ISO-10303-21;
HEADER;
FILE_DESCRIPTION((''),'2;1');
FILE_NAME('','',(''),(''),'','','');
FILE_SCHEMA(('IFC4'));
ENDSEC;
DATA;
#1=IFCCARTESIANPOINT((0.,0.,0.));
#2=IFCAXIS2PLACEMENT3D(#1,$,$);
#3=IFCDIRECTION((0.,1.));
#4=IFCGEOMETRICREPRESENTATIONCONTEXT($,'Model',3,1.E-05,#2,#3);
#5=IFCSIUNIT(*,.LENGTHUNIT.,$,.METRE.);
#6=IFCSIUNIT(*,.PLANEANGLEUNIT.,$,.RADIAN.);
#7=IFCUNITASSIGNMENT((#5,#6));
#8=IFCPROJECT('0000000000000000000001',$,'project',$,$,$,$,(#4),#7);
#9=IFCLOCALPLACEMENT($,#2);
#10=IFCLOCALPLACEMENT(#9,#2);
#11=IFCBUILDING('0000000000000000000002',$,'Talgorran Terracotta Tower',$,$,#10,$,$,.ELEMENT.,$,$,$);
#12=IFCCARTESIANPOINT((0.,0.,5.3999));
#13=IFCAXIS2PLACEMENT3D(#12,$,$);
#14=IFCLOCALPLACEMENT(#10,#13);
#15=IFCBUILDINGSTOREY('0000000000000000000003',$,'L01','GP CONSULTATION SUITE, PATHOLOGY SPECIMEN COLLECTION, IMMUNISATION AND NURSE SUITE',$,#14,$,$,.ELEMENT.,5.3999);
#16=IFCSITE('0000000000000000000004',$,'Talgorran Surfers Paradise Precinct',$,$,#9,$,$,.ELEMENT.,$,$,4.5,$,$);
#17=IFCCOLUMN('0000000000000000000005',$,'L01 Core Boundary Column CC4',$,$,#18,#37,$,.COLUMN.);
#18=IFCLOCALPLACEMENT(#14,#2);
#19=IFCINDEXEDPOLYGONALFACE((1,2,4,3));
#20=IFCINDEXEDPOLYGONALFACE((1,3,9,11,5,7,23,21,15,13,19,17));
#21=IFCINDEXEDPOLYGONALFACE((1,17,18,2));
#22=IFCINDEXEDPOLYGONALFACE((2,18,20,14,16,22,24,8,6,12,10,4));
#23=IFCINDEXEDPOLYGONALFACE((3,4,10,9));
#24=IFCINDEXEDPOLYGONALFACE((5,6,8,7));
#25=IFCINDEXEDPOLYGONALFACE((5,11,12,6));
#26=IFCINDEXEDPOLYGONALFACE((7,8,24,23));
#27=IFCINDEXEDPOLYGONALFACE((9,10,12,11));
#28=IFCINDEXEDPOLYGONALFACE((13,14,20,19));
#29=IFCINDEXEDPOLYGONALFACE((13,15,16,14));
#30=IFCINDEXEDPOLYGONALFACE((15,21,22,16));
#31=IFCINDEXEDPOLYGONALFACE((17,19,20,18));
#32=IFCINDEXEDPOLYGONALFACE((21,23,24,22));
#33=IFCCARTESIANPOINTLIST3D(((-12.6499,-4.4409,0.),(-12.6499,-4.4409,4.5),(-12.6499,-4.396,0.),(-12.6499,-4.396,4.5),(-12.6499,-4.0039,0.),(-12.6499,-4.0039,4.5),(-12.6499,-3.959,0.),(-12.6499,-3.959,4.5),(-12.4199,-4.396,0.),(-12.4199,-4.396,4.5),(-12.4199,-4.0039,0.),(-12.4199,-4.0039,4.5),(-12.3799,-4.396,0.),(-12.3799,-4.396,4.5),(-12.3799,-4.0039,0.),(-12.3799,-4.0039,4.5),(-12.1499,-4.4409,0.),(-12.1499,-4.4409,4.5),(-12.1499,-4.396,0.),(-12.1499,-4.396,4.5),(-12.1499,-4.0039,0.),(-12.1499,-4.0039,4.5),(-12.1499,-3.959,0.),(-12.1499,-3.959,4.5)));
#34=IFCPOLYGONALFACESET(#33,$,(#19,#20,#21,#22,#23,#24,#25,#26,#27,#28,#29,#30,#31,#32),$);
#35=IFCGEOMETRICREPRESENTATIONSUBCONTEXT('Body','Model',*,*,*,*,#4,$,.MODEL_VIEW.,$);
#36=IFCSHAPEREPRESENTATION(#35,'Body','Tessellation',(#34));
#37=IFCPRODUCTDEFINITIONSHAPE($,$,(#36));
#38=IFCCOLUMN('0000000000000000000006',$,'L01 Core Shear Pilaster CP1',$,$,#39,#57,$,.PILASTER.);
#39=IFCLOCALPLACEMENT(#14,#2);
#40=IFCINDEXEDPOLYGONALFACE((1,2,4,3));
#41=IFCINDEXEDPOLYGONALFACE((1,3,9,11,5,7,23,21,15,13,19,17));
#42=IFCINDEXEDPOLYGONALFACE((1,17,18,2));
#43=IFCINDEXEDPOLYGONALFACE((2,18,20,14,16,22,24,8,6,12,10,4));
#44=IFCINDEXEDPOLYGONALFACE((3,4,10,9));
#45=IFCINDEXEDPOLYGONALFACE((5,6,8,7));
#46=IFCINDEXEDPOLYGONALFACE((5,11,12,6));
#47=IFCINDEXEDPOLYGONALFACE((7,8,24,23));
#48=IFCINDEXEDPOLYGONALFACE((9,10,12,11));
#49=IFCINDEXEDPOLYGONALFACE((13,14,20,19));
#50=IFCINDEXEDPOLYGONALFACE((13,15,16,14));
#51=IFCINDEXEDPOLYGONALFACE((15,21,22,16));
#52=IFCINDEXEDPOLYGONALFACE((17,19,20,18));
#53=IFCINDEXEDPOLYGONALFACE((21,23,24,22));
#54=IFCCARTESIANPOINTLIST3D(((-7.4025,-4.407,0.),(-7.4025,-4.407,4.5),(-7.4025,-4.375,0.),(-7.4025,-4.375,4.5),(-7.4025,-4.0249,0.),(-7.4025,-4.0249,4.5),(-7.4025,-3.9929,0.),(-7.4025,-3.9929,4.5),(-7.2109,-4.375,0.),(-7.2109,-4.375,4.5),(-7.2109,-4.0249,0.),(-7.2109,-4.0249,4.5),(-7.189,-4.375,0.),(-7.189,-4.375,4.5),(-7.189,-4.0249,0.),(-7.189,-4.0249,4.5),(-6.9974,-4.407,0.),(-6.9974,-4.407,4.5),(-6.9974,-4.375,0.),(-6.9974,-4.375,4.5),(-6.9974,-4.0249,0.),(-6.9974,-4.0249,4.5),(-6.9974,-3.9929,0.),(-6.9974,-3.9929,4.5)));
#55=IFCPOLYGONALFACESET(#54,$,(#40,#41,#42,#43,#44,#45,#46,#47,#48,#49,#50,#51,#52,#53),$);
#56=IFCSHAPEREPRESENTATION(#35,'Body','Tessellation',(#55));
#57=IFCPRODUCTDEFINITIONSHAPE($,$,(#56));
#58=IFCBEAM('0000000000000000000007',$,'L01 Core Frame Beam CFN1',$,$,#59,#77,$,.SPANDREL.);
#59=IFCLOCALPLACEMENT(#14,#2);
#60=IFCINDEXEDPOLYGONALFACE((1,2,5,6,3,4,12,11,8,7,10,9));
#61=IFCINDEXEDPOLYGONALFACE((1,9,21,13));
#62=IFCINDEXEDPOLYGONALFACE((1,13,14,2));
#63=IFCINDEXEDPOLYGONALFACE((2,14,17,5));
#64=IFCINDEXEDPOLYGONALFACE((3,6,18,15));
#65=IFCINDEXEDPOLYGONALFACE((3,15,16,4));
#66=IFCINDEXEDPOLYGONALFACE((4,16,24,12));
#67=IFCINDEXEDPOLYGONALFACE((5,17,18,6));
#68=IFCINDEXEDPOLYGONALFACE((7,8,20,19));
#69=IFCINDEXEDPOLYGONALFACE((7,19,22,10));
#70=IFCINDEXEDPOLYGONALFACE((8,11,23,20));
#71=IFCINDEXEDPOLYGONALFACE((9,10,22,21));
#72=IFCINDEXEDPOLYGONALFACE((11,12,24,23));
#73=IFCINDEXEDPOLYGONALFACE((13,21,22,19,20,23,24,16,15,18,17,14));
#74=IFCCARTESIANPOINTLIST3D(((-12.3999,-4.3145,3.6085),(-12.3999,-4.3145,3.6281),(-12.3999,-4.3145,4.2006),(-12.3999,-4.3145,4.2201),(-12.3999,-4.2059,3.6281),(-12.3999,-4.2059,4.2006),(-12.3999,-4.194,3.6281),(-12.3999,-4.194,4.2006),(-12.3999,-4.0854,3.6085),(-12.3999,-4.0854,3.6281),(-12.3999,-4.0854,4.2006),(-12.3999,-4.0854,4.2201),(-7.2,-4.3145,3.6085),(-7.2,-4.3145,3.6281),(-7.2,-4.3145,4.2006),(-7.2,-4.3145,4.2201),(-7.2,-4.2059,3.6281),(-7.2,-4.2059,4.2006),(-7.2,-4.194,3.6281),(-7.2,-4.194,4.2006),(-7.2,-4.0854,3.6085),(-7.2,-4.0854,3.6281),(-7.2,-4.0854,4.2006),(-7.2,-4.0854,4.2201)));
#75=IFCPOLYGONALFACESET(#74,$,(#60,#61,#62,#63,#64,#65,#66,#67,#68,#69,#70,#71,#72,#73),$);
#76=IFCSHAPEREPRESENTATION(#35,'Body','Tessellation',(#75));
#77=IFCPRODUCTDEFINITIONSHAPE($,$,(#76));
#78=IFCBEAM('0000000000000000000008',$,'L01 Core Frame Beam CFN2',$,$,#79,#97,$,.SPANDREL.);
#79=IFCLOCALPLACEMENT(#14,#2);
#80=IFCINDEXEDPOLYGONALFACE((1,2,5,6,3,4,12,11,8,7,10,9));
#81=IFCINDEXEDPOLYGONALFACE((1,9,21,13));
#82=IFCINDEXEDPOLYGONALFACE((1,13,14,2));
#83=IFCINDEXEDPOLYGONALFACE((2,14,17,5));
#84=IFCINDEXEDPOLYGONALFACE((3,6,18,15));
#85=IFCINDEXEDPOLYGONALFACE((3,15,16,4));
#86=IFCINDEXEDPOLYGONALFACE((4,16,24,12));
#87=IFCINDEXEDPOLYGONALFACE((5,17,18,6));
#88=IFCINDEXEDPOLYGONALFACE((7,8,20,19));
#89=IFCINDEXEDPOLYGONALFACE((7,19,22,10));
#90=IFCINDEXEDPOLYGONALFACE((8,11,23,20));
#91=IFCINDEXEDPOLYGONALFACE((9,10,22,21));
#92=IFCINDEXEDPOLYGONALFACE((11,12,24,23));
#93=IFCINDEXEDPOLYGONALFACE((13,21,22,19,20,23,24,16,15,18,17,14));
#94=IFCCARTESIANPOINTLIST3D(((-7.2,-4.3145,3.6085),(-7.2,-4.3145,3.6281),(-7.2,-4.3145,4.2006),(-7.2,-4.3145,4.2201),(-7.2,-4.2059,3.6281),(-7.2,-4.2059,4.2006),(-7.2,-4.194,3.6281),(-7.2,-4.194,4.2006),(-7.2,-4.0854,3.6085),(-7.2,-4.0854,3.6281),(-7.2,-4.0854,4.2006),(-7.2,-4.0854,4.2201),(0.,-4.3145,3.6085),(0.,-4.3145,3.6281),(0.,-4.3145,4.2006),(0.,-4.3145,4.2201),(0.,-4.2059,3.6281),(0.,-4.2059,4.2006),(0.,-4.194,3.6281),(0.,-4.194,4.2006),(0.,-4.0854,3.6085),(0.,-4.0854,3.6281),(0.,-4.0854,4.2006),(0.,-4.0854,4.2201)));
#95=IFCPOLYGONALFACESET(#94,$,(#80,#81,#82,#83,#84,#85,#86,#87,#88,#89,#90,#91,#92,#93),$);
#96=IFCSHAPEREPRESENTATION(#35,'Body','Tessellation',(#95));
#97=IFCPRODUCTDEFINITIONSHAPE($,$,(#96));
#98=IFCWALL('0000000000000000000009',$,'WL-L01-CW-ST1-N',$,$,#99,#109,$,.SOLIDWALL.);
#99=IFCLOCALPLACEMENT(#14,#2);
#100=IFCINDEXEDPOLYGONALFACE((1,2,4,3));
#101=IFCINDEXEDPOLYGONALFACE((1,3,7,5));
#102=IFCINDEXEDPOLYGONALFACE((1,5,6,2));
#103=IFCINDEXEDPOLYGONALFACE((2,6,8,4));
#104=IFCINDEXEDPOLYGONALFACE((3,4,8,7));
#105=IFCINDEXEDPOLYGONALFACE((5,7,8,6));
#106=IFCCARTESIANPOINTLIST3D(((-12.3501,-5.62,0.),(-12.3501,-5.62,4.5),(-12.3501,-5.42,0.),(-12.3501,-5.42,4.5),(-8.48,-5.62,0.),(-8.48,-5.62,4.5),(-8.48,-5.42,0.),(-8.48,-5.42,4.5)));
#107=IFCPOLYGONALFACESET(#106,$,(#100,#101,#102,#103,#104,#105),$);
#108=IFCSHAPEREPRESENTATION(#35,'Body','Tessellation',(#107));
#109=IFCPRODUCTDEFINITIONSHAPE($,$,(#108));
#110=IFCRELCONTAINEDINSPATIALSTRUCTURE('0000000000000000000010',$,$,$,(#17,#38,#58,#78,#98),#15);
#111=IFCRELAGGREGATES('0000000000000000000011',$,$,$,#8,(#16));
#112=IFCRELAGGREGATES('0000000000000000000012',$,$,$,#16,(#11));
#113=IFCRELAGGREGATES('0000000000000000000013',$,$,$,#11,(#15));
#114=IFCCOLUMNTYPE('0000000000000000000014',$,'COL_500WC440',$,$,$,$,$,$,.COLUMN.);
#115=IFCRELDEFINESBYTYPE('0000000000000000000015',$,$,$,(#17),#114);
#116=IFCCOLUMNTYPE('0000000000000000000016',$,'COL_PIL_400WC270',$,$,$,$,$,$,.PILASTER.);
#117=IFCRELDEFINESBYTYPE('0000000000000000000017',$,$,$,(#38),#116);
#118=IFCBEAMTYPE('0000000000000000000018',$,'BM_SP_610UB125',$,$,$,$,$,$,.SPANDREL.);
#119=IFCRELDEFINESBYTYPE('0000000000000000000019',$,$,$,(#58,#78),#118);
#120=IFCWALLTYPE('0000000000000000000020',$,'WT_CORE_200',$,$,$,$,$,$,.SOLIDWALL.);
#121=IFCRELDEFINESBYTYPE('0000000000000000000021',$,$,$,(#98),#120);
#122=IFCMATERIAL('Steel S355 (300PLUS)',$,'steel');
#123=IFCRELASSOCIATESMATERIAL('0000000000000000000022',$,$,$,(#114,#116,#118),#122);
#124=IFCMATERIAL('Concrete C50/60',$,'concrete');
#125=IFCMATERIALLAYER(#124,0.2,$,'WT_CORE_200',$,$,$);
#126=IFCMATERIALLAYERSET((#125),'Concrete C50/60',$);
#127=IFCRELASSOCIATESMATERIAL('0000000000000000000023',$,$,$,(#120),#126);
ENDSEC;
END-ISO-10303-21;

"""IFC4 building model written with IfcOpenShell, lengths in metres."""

from ifc_helpers import new_model, si_unit, direction, frame, frame_2d, origin, origin_2d, place, context, subcontext, project, spatial, rectangle, i_section, extrude, material, layer, layer_set, material_profile, profile_set, type_object, element, save


model = new_model("IFC4")

# Units and contexts
model_context = context("Model", 3, precision=1e-05, world=origin(), true_north=direction((0.0, 1.0)))
body_context = subcontext(model_context, "Body", "Model", "MODEL_VIEW")
ifc_project = project(units=[si_unit("LENGTHUNIT", "METRE"), si_unit("PLANEANGLEUNIT", "RADIAN")], contexts=[model_context])

# Site, building, storey
site_placement = place(None, origin())
site = spatial("IfcSite", under=ifc_project, at=site_placement, Name="Talgorran Surfers Paradise Precinct", CompositionType="ELEMENT", RefElevation=4.5)
building_placement = place(site_placement, origin())
building = spatial("IfcBuilding", under=site, at=building_placement, Name="Talgorran Terracotta Tower", CompositionType="ELEMENT")
storey_placement = place(building_placement, frame((0.0, 0.0, 5.3999)))
storey = spatial("IfcBuildingStorey", under=building, at=storey_placement, Name="L01", Description="GP CONSULTATION SUITE, PATHOLOGY SPECIMEN COLLECTION, IMMUNISATION AND NURSE SUITE", CompositionType="ELEMENT", Elevation=5.3999)

# Columns
ifc_material_1 = material(Name="Steel S355 (300PLUS)", Category="steel")
ifc_material_profile_1 = material_profile(ifc_material_1, i_section(OverallWidth=0.5, OverallDepth=0.4819, WebThickness=0.04, FlangeThickness=0.0449, at=origin_2d()), Name="500WC440")
ifc_profile_set_1 = profile_set([ifc_material_profile_1], Name="Steel S355 (300PLUS)")
column_type_1 = type_object("IfcColumnType", Name="COL_500WC440", PredefinedType="COLUMN", material=ifc_profile_set_1)
column_1_placement = place(storey_placement, frame((-12.3999, -4.2, 0.0), z_axis=(0.0, 0.0, 1.0), x_axis=(1.0, 0.0, 0.0)))
element("IfcColumn", 1, at=column_1_placement, inside=storey, type_object=column_type_1, Name="L01 Core Boundary Column CC4", PredefinedType="COLUMN", context=body_context, shape_type="SweptSolid", body=[
    extrude(i_section(OverallWidth=0.5, OverallDepth=0.4819, WebThickness=0.04, FlangeThickness=0.0449, at=origin_2d()), origin(), (0.0, 0.0, 1.0), 4.5),
])
ifc_material_profile_2 = material_profile(ifc_material_1, i_section(OverallWidth=0.405, OverallDepth=0.4141, WebThickness=0.022, FlangeThickness=0.032, at=origin_2d()), Name="400WC270")
ifc_profile_set_2 = profile_set([ifc_material_profile_2], Name="Steel S355 (300PLUS)")
column_type_2 = type_object("IfcColumnType", Name="COL_PIL_400WC270", PredefinedType="PILASTER", material=ifc_profile_set_2)
column_2_placement = place(storey_placement, frame((-7.2, -4.2, 0.0), z_axis=(0.0, 0.0, 1.0), x_axis=(1.0, 0.0, 0.0)))
element("IfcColumn", 2, at=column_2_placement, inside=storey, type_object=column_type_2, Name="L01 Core Shear Pilaster CP1", PredefinedType="PILASTER", context=body_context, shape_type="SweptSolid", body=[
    extrude(i_section(OverallWidth=0.405, OverallDepth=0.4141, WebThickness=0.022, FlangeThickness=0.032, at=origin_2d()), origin(), (0.0, 0.0, 1.0), 4.5),
])

# Beams
ifc_material_profile_3 = material_profile(ifc_material_1, i_section(OverallWidth=0.229, OverallDepth=0.6116, WebThickness=0.012, FlangeThickness=0.0195, at=origin_2d()), Name="610UB125")
ifc_profile_set_3 = profile_set([ifc_material_profile_3], Name="Steel S355 (300PLUS)")
beam_type = type_object("IfcBeamType", Name="BM_SP_610UB125", PredefinedType="SPANDREL", material=ifc_profile_set_3)
beam_1_placement = place(storey_placement, frame((-12.3999, -4.2, 3.9143), z_axis=(1.0, 0.0, 0.0), x_axis=(0.0, 1.0, 0.0)))
element("IfcBeam", 3, at=beam_1_placement, inside=storey, type_object=beam_type, Name="L01 Core Frame Beam CFN1", PredefinedType="SPANDREL", context=body_context, shape_type="SweptSolid", body=[
    extrude(i_section(OverallWidth=0.229, OverallDepth=0.6116, WebThickness=0.012, FlangeThickness=0.0195, at=origin_2d()), origin(), (0.0, 0.0, 1.0), 5.2),
])
beam_2_placement = place(storey_placement, frame((-7.2, -4.2, 3.9143), z_axis=(1.0, 0.0, 0.0), x_axis=(0.0, 1.0, 0.0)))
element("IfcBeam", 4, at=beam_2_placement, inside=storey, type_object=beam_type, Name="L01 Core Frame Beam CFN2", PredefinedType="SPANDREL", context=body_context, shape_type="SweptSolid", body=[
    extrude(i_section(OverallWidth=0.229, OverallDepth=0.6116, WebThickness=0.012, FlangeThickness=0.0195, at=origin_2d()), origin(), (0.0, 0.0, 1.0), 7.2),
])

# Wall
ifc_material_2 = material(Name="Concrete C50/60", Category="concrete")
ifc_layer_1 = layer(ifc_material_2, 0.2, Name="WT_CORE_200")
ifc_layer_set_1 = layer_set([ifc_layer_1], Name="Concrete C50/60")
wall_type_1 = type_object("IfcWallType", Name="WT_CORE_200", PredefinedType="SOLIDWALL", material=ifc_layer_set_1)
wall_1_placement = place(storey_placement, frame((-12.3501, -5.52, 0.0), z_axis=(0.0, 0.0, 1.0), x_axis=(1.0, 0.0, 0.0)))
element("IfcWall", 5, at=wall_1_placement, inside=storey, type_object=wall_type_1, Name="WL-L01-CW-ST1-N", PredefinedType="SOLIDWALL", context=body_context, shape_type="SweptSolid", body=[
    extrude(rectangle(XDim=3.8701, YDim=0.2, at=frame_2d((1.9351, 0.0))), origin(), (0.0, 0.0, 1.0), 4.5),
])

save(model, "model.ifc")
